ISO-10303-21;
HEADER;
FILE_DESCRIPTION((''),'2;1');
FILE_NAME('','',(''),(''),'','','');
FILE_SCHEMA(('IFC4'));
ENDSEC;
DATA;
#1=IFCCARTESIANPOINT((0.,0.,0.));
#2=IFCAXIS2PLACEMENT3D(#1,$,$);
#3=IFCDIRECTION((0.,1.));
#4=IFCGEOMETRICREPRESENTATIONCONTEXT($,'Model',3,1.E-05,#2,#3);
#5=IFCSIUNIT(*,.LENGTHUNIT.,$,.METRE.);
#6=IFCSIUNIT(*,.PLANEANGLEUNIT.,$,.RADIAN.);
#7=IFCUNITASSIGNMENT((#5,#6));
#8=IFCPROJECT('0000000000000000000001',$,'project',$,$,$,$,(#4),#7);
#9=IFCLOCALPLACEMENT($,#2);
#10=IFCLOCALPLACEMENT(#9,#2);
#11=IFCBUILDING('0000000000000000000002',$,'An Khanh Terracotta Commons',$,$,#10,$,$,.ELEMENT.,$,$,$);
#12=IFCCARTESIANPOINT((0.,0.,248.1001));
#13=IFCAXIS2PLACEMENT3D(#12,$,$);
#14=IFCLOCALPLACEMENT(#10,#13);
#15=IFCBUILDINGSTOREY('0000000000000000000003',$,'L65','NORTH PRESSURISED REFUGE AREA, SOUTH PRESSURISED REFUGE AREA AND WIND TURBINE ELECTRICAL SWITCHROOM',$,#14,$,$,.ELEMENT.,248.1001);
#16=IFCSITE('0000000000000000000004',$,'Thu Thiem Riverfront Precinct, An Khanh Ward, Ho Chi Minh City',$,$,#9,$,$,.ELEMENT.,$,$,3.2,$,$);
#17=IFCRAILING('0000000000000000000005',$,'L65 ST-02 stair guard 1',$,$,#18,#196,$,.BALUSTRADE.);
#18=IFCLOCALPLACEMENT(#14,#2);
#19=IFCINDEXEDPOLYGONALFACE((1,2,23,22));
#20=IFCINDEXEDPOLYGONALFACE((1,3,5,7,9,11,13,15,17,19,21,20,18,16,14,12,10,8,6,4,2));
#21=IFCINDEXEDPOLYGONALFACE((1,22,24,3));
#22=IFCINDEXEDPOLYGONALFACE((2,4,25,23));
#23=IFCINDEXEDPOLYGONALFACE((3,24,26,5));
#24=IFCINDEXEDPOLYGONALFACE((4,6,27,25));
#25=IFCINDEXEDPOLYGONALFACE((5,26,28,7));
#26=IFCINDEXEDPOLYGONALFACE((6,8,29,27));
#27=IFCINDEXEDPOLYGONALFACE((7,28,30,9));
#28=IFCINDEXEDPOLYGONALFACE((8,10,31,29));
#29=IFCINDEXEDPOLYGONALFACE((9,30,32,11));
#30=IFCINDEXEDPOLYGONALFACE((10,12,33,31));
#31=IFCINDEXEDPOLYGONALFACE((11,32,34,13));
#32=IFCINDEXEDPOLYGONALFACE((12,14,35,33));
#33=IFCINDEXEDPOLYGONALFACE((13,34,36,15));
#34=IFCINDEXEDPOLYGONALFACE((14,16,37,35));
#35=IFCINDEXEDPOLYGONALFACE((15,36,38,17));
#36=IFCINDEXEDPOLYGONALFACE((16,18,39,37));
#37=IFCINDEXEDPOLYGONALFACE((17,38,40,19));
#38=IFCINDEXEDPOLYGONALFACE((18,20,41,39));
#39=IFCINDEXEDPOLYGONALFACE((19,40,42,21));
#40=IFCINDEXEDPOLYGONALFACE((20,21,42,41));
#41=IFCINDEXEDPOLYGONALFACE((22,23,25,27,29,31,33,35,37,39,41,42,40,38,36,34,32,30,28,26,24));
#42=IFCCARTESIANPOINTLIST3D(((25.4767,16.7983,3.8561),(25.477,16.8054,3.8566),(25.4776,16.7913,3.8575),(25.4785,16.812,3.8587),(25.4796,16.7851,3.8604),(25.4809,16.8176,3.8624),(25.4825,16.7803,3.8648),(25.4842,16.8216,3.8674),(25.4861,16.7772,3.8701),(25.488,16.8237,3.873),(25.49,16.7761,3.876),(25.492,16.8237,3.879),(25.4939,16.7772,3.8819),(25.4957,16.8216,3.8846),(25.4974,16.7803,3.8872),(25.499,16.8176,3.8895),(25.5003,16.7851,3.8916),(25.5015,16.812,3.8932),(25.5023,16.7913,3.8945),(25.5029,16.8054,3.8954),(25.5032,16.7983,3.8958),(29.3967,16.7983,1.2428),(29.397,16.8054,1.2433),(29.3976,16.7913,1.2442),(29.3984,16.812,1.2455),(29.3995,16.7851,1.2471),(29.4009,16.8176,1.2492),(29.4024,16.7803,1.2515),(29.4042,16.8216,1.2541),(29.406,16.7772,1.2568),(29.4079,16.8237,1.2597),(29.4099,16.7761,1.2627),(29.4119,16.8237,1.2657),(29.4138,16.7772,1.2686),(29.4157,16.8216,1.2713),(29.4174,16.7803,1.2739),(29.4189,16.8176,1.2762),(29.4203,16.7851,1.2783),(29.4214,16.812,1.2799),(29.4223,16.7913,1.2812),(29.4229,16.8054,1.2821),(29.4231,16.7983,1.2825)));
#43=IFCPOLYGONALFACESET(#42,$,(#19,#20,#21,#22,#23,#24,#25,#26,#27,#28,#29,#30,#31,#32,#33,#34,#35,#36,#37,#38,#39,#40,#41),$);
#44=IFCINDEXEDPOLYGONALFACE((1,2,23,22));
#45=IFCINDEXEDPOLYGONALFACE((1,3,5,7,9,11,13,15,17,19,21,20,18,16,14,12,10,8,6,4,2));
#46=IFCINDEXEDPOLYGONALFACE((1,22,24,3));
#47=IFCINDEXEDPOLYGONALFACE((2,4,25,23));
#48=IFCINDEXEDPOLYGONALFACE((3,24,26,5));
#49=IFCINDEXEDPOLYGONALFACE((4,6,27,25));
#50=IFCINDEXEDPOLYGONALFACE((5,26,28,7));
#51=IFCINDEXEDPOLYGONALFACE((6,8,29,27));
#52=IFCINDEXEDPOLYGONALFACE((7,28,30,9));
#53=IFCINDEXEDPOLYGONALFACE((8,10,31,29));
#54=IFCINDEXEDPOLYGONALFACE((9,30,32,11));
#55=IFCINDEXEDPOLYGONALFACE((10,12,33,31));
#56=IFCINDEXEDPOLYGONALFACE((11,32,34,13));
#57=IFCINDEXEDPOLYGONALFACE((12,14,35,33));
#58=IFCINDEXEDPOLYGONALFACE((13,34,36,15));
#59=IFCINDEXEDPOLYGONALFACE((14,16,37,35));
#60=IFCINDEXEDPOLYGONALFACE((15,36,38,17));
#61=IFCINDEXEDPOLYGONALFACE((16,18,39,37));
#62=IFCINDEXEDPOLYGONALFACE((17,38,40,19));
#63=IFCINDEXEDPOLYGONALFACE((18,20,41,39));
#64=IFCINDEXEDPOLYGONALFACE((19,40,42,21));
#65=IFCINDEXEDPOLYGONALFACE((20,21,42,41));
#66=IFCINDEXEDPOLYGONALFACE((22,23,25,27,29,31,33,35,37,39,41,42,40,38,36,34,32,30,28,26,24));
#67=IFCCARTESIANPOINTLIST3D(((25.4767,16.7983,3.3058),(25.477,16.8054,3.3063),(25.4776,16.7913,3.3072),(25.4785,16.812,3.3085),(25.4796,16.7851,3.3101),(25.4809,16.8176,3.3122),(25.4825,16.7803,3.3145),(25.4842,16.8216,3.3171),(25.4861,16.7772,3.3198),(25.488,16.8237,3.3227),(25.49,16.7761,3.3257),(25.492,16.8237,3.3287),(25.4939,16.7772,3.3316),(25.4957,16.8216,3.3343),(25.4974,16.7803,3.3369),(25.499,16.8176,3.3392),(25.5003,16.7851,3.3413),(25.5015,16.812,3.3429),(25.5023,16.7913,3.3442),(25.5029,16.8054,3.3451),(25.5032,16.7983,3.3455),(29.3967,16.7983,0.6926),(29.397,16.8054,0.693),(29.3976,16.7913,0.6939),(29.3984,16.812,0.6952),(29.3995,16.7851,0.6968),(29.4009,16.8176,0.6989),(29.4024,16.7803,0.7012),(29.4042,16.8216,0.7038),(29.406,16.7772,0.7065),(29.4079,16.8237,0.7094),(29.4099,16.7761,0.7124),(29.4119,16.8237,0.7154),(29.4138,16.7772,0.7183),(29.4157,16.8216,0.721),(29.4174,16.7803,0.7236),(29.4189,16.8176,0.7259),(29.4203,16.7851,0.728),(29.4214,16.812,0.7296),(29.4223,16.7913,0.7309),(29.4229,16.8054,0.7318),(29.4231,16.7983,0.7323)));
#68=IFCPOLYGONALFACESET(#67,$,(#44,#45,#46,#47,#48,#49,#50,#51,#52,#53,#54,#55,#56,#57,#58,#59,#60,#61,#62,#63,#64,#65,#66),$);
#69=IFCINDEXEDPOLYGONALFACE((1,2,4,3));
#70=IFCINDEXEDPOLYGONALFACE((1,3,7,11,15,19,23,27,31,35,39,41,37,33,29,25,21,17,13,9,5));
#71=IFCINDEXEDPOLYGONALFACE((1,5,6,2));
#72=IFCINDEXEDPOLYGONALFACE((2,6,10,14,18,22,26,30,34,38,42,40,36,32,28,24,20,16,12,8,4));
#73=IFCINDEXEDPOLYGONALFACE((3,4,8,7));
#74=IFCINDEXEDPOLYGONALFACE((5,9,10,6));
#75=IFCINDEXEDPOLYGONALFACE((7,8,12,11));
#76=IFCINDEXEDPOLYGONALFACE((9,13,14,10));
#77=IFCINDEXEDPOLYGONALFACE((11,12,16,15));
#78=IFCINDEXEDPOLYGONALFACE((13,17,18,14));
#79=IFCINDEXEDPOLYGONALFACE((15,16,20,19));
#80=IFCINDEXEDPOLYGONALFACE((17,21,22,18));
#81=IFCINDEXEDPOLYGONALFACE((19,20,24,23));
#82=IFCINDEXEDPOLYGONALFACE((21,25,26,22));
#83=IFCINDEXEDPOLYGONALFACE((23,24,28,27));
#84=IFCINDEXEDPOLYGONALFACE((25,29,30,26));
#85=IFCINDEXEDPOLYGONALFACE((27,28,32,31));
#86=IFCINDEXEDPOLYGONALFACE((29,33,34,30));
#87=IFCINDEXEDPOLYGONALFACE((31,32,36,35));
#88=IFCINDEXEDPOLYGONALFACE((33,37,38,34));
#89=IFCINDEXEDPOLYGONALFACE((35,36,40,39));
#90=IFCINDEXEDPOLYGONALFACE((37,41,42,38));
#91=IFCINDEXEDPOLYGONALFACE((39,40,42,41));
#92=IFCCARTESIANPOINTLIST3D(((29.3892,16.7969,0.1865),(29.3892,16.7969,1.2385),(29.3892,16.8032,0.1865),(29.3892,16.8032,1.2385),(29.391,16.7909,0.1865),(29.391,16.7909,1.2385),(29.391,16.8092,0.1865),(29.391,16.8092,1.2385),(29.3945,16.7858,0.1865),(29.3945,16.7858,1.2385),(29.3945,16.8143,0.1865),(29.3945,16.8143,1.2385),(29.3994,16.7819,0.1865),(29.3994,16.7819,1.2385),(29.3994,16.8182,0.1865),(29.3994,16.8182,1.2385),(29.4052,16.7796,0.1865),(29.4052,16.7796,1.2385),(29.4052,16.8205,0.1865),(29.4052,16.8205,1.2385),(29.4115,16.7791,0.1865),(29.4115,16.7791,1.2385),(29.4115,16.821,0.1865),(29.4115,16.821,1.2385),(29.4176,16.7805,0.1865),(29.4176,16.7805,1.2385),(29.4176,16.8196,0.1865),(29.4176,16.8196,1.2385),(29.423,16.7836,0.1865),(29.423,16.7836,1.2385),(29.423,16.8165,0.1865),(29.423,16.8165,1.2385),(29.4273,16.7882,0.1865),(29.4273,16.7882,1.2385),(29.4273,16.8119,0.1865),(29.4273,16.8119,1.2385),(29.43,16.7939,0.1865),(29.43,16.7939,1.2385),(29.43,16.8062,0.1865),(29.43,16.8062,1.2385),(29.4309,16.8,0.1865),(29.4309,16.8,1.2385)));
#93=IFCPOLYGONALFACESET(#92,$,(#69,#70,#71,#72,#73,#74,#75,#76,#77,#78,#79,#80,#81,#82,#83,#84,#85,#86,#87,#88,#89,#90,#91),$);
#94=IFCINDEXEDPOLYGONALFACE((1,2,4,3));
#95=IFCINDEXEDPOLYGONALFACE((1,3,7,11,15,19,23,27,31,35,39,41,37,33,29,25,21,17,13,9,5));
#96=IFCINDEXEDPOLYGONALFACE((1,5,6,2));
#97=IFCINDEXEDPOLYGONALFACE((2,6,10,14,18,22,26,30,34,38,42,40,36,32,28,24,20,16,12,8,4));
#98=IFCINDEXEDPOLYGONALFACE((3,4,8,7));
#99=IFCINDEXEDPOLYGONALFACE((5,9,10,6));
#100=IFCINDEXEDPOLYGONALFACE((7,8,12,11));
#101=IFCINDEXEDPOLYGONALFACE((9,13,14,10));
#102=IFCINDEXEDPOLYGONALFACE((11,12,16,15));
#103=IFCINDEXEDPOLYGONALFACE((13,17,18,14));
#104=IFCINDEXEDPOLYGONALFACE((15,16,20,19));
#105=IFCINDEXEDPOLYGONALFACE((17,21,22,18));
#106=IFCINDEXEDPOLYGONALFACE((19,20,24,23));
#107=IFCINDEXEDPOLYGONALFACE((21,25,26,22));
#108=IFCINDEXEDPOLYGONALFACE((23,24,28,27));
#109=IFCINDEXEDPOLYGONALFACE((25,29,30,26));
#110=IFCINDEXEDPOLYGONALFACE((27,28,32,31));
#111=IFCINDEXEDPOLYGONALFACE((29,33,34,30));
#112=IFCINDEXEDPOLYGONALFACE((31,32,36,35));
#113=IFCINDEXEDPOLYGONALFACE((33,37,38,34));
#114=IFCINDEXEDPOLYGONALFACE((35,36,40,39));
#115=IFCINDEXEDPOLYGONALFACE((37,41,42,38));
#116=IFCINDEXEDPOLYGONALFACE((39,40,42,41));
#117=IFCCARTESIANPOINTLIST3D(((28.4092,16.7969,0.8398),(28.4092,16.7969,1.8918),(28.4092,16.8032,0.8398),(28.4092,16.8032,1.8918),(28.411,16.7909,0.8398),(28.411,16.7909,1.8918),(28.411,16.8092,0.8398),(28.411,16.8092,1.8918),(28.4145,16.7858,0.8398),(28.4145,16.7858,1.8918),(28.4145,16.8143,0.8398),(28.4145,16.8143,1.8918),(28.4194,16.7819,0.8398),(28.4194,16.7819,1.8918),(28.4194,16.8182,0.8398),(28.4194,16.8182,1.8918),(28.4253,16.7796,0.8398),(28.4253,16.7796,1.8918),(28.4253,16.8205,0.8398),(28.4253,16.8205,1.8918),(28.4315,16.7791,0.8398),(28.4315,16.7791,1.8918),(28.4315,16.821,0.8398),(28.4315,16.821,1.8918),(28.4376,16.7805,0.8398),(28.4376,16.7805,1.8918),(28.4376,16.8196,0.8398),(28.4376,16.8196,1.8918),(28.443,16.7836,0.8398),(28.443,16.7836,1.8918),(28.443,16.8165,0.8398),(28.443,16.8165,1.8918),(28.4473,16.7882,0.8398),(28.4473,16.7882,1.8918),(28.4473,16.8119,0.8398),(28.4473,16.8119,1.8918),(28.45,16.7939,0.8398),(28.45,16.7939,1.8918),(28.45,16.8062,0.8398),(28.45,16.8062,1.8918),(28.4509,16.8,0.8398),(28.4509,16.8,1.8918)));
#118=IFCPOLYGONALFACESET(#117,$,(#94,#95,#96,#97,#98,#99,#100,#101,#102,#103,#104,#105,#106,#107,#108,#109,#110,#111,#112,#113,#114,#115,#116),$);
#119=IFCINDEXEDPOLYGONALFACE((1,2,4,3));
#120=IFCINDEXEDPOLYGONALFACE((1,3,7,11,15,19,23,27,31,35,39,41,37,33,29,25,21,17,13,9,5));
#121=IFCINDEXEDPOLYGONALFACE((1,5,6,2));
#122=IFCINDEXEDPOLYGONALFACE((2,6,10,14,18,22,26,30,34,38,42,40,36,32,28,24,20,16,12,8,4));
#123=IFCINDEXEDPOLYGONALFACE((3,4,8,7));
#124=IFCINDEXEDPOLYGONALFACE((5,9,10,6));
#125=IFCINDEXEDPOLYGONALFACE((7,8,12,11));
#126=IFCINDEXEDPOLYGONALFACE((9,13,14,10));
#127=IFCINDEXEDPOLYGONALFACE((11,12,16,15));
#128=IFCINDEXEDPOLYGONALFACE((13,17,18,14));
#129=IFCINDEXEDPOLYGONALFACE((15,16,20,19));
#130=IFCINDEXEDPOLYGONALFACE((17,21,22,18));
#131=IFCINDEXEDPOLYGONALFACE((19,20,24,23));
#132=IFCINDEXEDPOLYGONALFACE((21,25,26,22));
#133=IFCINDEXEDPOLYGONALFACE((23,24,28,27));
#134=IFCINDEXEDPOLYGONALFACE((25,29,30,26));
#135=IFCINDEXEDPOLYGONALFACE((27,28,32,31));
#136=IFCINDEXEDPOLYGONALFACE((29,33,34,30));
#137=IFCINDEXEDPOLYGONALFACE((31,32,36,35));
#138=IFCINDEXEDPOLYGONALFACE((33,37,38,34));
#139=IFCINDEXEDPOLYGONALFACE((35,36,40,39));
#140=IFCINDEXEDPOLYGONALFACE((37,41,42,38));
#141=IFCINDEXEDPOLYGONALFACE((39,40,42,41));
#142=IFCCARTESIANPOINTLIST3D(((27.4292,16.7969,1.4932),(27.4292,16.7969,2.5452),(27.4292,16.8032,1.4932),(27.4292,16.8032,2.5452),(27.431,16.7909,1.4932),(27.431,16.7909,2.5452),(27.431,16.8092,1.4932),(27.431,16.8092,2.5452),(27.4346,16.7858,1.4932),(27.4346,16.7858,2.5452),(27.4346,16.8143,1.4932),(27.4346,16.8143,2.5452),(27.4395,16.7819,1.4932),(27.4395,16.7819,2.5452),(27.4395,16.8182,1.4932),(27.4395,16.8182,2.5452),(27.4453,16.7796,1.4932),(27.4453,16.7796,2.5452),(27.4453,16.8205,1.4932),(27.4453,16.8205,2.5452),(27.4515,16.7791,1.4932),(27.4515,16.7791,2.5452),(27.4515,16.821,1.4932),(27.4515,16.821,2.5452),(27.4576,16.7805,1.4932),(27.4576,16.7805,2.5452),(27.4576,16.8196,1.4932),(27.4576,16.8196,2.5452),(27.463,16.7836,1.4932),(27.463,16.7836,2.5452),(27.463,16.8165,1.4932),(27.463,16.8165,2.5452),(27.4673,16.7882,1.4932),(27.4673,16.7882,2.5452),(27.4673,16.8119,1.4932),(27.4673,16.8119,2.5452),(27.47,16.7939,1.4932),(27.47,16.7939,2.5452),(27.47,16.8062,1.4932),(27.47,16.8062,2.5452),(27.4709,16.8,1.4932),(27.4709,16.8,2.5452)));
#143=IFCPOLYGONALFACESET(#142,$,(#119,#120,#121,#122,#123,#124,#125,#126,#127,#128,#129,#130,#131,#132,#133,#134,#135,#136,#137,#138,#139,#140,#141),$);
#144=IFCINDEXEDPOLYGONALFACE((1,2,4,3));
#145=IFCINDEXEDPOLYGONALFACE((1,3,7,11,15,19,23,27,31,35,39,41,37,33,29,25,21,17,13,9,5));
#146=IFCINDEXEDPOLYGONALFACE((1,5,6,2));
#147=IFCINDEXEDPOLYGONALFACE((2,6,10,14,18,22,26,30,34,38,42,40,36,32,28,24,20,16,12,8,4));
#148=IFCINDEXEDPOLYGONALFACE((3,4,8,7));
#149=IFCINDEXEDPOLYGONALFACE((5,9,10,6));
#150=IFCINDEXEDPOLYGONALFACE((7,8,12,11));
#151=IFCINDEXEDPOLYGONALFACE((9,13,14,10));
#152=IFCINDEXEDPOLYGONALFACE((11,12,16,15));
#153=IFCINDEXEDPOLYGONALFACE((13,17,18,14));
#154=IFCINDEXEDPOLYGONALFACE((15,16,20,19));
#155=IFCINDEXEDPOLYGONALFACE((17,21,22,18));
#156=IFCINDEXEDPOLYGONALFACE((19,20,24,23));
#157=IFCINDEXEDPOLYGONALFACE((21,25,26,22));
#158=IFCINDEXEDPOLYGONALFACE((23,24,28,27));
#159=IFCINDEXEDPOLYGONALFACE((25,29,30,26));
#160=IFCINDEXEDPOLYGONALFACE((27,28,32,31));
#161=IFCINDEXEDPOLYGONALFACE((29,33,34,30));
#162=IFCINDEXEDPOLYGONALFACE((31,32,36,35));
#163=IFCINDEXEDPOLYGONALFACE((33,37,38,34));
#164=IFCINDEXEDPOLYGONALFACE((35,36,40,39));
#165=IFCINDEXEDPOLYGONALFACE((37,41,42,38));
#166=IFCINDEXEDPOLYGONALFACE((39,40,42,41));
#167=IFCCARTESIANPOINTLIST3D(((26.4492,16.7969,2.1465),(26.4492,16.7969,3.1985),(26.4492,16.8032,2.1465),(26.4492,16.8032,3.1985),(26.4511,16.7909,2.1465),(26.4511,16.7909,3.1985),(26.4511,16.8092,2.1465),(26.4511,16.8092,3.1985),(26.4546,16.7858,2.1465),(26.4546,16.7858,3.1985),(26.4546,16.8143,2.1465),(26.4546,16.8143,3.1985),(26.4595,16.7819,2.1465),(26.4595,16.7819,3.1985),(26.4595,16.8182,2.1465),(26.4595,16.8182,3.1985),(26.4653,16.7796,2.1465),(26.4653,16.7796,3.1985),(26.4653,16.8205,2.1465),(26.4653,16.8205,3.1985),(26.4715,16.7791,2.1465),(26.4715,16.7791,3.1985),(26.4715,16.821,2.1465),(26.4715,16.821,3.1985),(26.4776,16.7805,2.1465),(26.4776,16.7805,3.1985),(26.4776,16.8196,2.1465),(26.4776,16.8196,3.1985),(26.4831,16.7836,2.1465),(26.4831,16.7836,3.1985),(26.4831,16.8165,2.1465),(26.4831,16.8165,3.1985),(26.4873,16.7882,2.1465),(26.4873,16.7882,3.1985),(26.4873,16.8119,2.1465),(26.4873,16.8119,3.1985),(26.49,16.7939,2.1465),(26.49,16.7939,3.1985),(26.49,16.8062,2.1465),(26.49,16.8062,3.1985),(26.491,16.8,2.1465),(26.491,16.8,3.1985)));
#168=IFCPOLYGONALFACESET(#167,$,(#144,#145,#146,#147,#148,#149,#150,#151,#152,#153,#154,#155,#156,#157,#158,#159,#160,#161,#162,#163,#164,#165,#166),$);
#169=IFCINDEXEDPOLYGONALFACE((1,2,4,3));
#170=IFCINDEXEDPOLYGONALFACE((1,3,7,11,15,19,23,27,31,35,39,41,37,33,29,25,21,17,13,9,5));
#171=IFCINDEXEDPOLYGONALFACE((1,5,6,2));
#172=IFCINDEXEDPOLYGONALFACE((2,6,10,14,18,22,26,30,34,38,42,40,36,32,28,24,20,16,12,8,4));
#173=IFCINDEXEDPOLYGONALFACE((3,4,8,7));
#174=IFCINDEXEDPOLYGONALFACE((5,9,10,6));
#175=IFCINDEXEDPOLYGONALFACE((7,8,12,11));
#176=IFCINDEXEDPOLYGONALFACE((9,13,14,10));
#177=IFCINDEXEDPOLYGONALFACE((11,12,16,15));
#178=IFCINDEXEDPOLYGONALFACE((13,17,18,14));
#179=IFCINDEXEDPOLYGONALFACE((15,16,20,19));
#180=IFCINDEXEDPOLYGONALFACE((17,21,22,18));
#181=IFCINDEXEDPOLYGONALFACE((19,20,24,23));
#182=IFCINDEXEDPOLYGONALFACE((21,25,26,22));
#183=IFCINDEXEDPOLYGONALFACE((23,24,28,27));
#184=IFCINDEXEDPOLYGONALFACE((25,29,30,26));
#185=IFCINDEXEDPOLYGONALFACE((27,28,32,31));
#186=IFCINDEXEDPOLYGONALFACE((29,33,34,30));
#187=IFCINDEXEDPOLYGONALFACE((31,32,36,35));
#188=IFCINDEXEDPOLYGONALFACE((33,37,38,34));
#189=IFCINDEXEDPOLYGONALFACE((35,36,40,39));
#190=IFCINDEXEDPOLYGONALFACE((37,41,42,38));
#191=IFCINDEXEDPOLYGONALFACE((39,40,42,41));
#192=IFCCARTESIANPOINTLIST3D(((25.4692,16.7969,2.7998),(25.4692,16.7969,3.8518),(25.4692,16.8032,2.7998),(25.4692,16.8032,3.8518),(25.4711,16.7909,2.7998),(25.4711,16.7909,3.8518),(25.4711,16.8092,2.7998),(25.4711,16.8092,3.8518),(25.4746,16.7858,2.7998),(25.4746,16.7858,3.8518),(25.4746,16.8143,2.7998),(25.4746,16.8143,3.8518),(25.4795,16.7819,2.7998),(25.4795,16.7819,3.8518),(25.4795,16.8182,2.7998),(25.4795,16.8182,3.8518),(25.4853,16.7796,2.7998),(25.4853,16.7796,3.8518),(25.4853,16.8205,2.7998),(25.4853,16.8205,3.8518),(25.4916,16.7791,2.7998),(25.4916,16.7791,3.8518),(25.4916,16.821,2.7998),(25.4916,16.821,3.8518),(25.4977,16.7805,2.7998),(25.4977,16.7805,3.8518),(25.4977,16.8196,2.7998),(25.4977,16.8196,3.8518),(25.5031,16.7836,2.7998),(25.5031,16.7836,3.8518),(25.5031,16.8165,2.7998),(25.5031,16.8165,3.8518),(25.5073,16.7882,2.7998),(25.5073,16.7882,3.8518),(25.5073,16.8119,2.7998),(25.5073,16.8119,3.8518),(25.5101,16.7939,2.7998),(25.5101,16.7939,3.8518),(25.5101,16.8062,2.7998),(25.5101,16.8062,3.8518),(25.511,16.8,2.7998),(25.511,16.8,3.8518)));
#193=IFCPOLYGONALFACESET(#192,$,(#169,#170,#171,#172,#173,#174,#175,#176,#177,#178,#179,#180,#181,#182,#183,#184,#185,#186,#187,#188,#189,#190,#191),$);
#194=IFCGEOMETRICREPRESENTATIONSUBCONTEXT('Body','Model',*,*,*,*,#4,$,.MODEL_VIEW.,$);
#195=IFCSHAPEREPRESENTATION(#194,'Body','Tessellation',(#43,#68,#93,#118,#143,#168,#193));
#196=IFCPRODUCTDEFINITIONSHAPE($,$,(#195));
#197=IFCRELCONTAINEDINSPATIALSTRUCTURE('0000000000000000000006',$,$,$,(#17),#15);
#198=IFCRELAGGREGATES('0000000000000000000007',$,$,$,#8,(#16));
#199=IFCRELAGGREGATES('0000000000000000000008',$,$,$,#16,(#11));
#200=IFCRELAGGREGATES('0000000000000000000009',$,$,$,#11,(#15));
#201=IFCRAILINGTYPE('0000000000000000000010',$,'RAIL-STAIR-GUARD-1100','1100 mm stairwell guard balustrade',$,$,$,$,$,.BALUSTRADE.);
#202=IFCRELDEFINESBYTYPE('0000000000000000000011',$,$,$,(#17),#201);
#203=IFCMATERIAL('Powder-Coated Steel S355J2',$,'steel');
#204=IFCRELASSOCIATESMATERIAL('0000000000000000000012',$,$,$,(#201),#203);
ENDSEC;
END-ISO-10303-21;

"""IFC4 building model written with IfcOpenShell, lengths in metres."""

from ifc_helpers import new_model, si_unit, direction, frame, origin, origin_2d, place, context, subcontext, project, spatial, circle, extrude, material, type_object, element, save


model = new_model("IFC4")

# Units and contexts
model_context = context("Model", 3, precision=1e-05, world=origin(), true_north=direction((0.0, 1.0)))
body_context = subcontext(model_context, "Body", "Model", "MODEL_VIEW")
ifc_project = project(units=[si_unit("LENGTHUNIT", "METRE"), si_unit("PLANEANGLEUNIT", "RADIAN")], contexts=[model_context])

# Site, building, storey
site_placement = place(None, origin())
site = spatial("IfcSite", under=ifc_project, at=site_placement, Name="Thu Thiem Riverfront Precinct, An Khanh Ward, Ho Chi Minh City", CompositionType="ELEMENT", RefElevation=3.2)
building_placement = place(site_placement, origin())
building = spatial("IfcBuilding", under=site, at=building_placement, Name="An Khanh Terracotta Commons", CompositionType="ELEMENT")
storey_placement = place(building_placement, frame((0.0, 0.0, 248.1001)))
storey = spatial("IfcBuildingStorey", under=building, at=storey_placement, Name="L65", Description="NORTH PRESSURISED REFUGE AREA, SOUTH PRESSURISED REFUGE AREA AND WIND TURBINE ELECTRICAL SWITCHROOM", CompositionType="ELEMENT", Elevation=248.1001)

# Railing
ifc_material_1 = material(Name="Powder-Coated Steel S355J2", Category="steel")
railing_type_1 = type_object("IfcRailingType", Name="RAIL-STAIR-GUARD-1100", Description="1100 mm stairwell guard balustrade", PredefinedType="BALUSTRADE", material=ifc_material_1)
railing_1_placement = place(storey_placement, frame((29.4099, 16.8, 0.1865)))
element("IfcRailing", 1, at=railing_1_placement, inside=storey, type_object=railing_type_1, Name="L65 ST-02 stair guard 1", PredefinedType="BALUSTRADE", context=body_context, shape_type="SweptSolid", body=[
    extrude(circle(Radius=0.0239, at=origin_2d()), frame((0.0, 0.0, 1.0762), z_axis=(-0.83205, 0.0, 0.5547), x_axis=(0.0, -1.0, 0.0)), (0.0, 0.0, 1.0), 4.7112),
    extrude(circle(Radius=0.0239, at=origin_2d()), frame((0.0, 0.0, 0.5259), z_axis=(-0.83205, 0.0, 0.5547), x_axis=(0.0, -1.0, 0.0)), (0.0, 0.0, 1.0), 4.7112),
    extrude(circle(Radius=0.021, at=origin_2d()), origin(), (0.0, 0.0, 1.0), 1.052),
    extrude(circle(Radius=0.021, at=origin_2d()), frame((-0.98, 0.0, 0.6533)), (0.0, 0.0, 1.0), 1.052),
    extrude(circle(Radius=0.021, at=origin_2d()), frame((-1.96, 0.0, 1.3066)), (0.0, 0.0, 1.0), 1.052),
    extrude(circle(Radius=0.021, at=origin_2d()), frame((-2.9399, 0.0, 1.96)), (0.0, 0.0, 1.0), 1.052),
    extrude(circle(Radius=0.021, at=origin_2d()), frame((-3.9199, 0.0, 2.6133)), (0.0, 0.0, 1.0), 1.052),
])

save(model, "model.ifc")
